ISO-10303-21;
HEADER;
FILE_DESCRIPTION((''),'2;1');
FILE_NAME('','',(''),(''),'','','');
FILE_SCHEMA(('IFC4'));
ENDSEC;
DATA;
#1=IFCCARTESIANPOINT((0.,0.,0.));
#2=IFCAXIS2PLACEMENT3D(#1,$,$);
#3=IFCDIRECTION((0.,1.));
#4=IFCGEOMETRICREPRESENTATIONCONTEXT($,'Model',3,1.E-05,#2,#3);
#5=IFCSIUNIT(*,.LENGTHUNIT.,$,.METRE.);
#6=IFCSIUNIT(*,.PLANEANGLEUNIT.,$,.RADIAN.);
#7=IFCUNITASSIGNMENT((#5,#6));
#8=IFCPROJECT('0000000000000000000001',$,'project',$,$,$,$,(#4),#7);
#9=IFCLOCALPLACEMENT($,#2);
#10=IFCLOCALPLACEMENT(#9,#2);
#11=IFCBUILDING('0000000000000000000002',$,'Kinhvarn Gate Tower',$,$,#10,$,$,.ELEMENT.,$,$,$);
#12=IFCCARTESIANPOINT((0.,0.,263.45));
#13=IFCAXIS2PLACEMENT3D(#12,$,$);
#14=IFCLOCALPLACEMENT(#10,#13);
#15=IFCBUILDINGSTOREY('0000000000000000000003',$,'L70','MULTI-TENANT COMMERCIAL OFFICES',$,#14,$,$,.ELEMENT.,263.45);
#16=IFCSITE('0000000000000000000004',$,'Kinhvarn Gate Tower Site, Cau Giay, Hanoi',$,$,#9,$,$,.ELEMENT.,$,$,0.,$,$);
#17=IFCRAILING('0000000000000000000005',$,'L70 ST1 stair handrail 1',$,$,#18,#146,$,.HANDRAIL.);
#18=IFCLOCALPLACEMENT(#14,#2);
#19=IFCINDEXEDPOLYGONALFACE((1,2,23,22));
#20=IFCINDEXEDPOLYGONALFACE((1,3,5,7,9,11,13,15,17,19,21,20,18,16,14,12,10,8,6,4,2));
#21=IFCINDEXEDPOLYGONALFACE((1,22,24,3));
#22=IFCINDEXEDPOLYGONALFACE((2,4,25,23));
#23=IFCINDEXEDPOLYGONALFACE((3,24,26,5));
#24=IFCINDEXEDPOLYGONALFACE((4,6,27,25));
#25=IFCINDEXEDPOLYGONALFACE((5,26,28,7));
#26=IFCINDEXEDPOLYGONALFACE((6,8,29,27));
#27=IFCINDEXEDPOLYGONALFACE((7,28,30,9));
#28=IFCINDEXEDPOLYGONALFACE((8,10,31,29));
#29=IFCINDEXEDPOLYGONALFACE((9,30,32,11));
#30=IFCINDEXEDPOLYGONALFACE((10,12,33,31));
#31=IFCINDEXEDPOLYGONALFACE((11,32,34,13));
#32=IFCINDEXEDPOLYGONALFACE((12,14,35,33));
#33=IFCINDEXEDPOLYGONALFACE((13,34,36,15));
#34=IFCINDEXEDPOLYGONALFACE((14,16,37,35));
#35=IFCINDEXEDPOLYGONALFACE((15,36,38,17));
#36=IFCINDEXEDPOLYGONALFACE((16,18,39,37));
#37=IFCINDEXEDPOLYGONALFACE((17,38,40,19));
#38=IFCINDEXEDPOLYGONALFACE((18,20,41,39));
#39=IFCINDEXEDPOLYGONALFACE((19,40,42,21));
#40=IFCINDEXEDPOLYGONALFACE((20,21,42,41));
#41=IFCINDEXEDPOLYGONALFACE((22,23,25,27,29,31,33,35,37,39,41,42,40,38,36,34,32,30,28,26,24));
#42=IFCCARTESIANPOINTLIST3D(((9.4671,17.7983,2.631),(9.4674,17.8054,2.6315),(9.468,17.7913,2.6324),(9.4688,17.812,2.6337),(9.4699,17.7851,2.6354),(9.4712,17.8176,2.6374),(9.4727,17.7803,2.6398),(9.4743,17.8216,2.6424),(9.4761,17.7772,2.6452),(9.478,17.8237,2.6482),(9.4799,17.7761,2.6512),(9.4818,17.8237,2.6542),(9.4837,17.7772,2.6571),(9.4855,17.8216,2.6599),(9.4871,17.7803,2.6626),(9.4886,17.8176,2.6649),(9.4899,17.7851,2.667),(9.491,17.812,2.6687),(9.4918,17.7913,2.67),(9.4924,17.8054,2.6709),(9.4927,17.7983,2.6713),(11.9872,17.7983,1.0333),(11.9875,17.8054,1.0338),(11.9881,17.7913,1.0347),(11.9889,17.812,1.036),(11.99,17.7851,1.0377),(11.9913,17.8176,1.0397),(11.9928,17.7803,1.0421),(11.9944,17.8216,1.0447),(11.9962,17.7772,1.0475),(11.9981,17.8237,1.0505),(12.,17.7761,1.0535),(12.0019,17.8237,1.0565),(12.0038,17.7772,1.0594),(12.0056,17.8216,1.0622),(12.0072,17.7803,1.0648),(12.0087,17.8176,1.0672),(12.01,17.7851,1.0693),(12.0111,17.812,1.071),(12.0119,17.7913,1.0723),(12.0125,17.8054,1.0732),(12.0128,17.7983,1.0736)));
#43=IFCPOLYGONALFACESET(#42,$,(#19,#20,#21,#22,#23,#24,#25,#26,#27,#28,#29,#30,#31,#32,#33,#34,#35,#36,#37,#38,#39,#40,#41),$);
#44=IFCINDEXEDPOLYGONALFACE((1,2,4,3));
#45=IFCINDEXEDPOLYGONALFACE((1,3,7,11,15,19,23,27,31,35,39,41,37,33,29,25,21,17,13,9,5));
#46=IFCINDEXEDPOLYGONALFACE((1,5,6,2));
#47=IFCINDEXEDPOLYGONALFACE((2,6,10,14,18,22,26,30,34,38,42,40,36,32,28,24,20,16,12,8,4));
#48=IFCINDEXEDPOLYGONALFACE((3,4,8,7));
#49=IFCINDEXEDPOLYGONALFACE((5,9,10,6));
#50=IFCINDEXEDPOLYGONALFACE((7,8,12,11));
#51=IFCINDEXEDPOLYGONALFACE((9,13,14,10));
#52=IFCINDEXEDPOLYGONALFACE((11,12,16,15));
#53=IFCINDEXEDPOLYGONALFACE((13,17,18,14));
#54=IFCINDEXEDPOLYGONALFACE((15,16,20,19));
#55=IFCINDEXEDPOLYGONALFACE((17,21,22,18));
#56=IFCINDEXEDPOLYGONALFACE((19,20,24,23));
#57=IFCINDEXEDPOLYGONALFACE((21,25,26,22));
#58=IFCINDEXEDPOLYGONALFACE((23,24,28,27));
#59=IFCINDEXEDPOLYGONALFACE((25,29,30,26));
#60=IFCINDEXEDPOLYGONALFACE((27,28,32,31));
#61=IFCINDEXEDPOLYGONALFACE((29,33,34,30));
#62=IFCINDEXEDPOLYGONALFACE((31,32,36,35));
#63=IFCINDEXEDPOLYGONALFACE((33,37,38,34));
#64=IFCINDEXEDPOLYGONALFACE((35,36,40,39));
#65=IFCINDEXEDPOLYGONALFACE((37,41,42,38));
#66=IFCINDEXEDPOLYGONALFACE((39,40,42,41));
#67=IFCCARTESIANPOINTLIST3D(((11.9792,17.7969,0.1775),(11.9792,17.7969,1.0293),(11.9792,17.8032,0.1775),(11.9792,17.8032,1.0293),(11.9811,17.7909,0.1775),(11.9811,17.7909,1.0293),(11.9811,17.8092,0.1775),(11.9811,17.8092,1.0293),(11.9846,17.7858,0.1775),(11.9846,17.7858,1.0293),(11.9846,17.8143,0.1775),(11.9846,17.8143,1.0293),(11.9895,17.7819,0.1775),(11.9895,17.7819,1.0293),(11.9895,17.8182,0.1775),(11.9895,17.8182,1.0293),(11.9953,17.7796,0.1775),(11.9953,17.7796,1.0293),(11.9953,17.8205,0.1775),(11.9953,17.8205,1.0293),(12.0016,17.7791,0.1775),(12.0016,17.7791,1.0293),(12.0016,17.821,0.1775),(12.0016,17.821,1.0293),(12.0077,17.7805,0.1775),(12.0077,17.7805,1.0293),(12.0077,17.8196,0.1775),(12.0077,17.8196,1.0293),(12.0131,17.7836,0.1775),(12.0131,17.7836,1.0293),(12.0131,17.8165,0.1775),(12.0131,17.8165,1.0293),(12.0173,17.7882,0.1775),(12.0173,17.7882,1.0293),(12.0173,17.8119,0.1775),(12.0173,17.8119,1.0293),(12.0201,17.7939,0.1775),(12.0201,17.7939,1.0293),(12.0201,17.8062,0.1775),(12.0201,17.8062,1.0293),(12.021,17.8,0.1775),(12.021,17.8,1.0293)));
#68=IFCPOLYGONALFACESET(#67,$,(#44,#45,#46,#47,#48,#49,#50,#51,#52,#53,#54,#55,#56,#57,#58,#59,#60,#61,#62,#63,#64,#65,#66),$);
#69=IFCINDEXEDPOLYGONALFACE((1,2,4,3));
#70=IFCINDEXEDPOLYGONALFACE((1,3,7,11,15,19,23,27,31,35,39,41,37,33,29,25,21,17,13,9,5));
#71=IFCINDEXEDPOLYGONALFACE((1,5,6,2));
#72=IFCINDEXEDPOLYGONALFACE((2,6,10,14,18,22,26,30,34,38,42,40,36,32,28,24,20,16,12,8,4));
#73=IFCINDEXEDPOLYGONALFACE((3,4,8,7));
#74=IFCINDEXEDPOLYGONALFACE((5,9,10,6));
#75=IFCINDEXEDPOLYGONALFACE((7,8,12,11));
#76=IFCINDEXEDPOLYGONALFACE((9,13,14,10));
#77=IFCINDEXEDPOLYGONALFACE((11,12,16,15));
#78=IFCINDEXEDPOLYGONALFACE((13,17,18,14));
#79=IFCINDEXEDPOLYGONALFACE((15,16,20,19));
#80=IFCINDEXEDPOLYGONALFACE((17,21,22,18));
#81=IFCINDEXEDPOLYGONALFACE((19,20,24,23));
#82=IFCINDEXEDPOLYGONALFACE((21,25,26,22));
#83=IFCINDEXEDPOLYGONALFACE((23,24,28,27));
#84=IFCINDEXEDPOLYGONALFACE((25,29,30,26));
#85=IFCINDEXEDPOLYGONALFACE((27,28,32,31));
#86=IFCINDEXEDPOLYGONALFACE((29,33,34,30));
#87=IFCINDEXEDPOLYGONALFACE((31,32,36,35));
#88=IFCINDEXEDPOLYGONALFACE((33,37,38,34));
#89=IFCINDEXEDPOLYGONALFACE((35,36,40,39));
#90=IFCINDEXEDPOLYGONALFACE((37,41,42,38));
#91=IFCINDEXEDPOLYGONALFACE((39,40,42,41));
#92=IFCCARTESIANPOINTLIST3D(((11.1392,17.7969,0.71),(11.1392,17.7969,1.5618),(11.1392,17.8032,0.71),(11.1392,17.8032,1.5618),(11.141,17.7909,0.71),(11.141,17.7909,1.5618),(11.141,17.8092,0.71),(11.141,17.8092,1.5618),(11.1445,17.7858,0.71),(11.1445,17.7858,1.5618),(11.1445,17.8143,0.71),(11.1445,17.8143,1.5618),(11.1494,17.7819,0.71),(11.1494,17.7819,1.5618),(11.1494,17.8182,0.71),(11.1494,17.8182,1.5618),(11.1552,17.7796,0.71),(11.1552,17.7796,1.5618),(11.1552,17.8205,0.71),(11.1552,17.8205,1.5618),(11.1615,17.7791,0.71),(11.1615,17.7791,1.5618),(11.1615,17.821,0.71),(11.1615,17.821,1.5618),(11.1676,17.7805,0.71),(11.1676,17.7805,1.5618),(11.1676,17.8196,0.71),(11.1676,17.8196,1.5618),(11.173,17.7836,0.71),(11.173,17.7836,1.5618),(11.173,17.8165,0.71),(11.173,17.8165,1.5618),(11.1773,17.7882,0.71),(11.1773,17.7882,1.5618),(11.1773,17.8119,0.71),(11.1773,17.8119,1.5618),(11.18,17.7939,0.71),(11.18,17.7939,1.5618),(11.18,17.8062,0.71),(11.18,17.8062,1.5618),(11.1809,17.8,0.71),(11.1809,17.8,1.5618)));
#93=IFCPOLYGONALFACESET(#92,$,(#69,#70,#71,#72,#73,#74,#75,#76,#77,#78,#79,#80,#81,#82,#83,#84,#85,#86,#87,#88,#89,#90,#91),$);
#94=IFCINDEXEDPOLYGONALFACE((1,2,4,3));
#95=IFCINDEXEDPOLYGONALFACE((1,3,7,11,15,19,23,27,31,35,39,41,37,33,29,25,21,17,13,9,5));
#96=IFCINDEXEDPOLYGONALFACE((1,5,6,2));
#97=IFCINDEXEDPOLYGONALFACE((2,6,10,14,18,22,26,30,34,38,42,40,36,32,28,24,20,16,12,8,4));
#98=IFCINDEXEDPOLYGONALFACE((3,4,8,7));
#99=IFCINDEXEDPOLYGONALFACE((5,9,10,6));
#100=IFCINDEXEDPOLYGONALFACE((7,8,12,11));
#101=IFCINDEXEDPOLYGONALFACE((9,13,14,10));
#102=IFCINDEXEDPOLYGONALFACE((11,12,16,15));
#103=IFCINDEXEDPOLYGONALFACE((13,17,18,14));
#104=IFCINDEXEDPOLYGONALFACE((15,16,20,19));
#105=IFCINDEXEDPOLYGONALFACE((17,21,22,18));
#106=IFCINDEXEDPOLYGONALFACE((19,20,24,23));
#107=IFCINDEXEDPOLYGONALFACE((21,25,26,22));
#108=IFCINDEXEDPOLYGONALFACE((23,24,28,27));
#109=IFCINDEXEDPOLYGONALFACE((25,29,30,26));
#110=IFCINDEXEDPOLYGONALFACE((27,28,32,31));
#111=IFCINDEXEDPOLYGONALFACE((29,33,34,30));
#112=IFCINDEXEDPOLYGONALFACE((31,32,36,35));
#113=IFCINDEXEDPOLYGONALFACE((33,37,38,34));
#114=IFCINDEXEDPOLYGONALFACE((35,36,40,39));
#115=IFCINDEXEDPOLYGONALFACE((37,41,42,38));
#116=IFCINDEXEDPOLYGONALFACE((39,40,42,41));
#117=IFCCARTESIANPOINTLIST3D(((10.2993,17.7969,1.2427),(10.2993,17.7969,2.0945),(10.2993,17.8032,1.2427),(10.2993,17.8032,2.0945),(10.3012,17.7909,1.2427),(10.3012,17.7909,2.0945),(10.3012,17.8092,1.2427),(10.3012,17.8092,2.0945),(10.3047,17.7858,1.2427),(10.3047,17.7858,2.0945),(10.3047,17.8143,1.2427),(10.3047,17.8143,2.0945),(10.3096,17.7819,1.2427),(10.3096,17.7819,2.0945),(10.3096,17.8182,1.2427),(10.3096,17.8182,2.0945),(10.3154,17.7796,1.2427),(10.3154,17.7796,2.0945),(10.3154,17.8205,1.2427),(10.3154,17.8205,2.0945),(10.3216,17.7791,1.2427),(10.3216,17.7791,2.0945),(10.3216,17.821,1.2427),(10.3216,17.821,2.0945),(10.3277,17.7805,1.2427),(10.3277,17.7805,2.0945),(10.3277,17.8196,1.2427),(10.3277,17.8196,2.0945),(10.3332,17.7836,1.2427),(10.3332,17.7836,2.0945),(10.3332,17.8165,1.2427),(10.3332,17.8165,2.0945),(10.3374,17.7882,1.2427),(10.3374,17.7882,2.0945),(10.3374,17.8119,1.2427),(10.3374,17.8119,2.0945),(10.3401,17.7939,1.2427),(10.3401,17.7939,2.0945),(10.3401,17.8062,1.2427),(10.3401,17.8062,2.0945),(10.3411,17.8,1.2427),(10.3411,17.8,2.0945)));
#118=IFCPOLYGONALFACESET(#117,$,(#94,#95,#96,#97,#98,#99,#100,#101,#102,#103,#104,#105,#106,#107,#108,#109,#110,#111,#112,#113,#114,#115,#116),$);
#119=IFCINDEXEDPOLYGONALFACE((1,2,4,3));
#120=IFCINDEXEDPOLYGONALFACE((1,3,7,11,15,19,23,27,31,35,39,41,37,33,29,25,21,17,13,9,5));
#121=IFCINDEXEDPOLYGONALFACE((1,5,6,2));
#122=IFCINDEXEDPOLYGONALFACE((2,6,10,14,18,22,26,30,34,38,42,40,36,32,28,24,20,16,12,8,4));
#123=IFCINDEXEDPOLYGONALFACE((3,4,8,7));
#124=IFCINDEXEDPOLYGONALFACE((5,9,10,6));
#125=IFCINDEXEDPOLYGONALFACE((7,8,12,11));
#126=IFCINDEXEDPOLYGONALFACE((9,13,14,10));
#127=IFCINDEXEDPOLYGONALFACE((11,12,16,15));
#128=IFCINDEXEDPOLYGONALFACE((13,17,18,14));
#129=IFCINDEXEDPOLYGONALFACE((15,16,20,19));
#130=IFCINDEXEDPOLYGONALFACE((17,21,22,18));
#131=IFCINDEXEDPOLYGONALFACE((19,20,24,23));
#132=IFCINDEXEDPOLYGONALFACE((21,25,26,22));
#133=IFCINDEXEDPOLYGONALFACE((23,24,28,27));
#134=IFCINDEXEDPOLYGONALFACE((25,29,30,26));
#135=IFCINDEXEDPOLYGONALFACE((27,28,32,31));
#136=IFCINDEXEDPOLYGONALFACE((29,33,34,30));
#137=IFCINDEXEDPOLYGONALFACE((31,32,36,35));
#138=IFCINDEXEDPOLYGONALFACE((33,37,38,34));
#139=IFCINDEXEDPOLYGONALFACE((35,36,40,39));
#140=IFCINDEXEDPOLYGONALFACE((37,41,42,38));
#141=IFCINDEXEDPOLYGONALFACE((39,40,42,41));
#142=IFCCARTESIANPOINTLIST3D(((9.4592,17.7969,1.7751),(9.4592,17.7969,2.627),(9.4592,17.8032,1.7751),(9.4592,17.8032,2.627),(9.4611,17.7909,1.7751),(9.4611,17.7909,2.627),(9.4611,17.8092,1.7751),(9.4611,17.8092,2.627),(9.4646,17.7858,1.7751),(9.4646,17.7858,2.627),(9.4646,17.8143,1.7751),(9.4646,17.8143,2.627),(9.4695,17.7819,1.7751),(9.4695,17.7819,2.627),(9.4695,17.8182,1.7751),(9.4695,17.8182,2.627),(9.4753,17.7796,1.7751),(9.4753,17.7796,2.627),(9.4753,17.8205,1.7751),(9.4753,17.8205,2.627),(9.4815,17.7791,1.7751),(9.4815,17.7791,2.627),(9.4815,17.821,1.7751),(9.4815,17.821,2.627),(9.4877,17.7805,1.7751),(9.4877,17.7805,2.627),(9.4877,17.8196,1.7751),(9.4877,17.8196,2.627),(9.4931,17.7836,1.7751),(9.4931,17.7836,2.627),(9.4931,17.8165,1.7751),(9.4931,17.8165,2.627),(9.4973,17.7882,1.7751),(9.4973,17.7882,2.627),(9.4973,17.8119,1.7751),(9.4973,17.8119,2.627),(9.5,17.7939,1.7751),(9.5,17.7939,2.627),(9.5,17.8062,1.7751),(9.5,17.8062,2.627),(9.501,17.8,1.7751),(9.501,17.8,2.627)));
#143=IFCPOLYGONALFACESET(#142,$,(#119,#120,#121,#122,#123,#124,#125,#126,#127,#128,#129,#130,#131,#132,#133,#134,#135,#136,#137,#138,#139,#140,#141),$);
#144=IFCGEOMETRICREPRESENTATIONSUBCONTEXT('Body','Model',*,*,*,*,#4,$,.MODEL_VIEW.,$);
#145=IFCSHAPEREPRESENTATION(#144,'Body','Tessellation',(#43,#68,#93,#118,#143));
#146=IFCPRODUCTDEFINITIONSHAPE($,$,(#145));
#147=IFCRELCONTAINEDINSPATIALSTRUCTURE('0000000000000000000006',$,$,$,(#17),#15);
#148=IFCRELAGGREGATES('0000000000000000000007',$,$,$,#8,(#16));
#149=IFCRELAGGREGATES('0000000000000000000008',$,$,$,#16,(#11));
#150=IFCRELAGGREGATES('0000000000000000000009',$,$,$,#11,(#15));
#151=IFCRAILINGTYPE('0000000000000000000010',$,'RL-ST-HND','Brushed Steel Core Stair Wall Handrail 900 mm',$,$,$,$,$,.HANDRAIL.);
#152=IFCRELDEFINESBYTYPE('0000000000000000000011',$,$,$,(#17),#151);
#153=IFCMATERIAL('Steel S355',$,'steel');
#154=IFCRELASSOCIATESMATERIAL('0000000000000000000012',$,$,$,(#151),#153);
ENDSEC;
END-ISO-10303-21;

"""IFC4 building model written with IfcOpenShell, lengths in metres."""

from ifc_helpers import new_model, si_unit, direction, frame, origin, origin_2d, place, context, subcontext, project, spatial, circle, extrude, material, type_object, element, save


model = new_model("IFC4")

# Units and contexts
model_context = context("Model", 3, precision=1e-05, world=origin(), true_north=direction((0.0, 1.0)))
body_context = subcontext(model_context, "Body", "Model", "MODEL_VIEW")
ifc_project = project(units=[si_unit("LENGTHUNIT", "METRE"), si_unit("PLANEANGLEUNIT", "RADIAN")], contexts=[model_context])

# Site, building, storey
site_placement = place(None, origin())
site = spatial("IfcSite", under=ifc_project, at=site_placement, Name="Kinhvarn Gate Tower Site, Cau Giay, Hanoi", CompositionType="ELEMENT", RefElevation=0.0)
building_placement = place(site_placement, origin())
building = spatial("IfcBuilding", under=site, at=building_placement, Name="Kinhvarn Gate Tower", CompositionType="ELEMENT")
storey_placement = place(building_placement, frame((0.0, 0.0, 263.45)))
storey = spatial("IfcBuildingStorey", under=building, at=storey_placement, Name="L70", Description="MULTI-TENANT COMMERCIAL OFFICES", CompositionType="ELEMENT", Elevation=263.45)

# Shared definitions
ifc_material_1 = material(Name="Steel S355", Category="steel")

# Railing
railing_type_1 = type_object("IfcRailingType", Name="RL-ST-HND", Description="Brushed Steel Core Stair Wall Handrail 900 mm", PredefinedType="HANDRAIL", material=ifc_material_1)
railing_1_placement = place(storey_placement, frame((12.0, 17.8, 0.1775)))
element("IfcRailing", 1, at=railing_1_placement, inside=storey, type_object=railing_type_1, Name="L70 ST1 stair handrail 1", PredefinedType="HANDRAIL", context=body_context, shape_type="SweptSolid", body=[
    extrude(circle(Radius=0.0239, at=origin_2d()), frame((0.0, 0.0, 0.876), z_axis=(-0.84457, 0.0, 0.535445), x_axis=(0.0, -1.0, 0.0)), (0.0, 0.0, 1.0), 2.9839),
    extrude(circle(Radius=0.021, at=origin_2d()), origin(), (0.0, 0.0, 1.0), 0.8518),
    extrude(circle(Radius=0.021, at=origin_2d()), frame((-0.8401, 0.0, 0.5325)), (0.0, 0.0, 1.0), 0.8518),
    extrude(circle(Radius=0.021, at=origin_2d()), frame((-1.6799, 0.0, 1.0652)), (0.0, 0.0, 1.0), 0.8518),
    extrude(circle(Radius=0.021, at=origin_2d()), frame((-2.52, 0.0, 1.5977)), (0.0, 0.0, 1.0), 0.8518),
])

save(model, "model.ifc")
